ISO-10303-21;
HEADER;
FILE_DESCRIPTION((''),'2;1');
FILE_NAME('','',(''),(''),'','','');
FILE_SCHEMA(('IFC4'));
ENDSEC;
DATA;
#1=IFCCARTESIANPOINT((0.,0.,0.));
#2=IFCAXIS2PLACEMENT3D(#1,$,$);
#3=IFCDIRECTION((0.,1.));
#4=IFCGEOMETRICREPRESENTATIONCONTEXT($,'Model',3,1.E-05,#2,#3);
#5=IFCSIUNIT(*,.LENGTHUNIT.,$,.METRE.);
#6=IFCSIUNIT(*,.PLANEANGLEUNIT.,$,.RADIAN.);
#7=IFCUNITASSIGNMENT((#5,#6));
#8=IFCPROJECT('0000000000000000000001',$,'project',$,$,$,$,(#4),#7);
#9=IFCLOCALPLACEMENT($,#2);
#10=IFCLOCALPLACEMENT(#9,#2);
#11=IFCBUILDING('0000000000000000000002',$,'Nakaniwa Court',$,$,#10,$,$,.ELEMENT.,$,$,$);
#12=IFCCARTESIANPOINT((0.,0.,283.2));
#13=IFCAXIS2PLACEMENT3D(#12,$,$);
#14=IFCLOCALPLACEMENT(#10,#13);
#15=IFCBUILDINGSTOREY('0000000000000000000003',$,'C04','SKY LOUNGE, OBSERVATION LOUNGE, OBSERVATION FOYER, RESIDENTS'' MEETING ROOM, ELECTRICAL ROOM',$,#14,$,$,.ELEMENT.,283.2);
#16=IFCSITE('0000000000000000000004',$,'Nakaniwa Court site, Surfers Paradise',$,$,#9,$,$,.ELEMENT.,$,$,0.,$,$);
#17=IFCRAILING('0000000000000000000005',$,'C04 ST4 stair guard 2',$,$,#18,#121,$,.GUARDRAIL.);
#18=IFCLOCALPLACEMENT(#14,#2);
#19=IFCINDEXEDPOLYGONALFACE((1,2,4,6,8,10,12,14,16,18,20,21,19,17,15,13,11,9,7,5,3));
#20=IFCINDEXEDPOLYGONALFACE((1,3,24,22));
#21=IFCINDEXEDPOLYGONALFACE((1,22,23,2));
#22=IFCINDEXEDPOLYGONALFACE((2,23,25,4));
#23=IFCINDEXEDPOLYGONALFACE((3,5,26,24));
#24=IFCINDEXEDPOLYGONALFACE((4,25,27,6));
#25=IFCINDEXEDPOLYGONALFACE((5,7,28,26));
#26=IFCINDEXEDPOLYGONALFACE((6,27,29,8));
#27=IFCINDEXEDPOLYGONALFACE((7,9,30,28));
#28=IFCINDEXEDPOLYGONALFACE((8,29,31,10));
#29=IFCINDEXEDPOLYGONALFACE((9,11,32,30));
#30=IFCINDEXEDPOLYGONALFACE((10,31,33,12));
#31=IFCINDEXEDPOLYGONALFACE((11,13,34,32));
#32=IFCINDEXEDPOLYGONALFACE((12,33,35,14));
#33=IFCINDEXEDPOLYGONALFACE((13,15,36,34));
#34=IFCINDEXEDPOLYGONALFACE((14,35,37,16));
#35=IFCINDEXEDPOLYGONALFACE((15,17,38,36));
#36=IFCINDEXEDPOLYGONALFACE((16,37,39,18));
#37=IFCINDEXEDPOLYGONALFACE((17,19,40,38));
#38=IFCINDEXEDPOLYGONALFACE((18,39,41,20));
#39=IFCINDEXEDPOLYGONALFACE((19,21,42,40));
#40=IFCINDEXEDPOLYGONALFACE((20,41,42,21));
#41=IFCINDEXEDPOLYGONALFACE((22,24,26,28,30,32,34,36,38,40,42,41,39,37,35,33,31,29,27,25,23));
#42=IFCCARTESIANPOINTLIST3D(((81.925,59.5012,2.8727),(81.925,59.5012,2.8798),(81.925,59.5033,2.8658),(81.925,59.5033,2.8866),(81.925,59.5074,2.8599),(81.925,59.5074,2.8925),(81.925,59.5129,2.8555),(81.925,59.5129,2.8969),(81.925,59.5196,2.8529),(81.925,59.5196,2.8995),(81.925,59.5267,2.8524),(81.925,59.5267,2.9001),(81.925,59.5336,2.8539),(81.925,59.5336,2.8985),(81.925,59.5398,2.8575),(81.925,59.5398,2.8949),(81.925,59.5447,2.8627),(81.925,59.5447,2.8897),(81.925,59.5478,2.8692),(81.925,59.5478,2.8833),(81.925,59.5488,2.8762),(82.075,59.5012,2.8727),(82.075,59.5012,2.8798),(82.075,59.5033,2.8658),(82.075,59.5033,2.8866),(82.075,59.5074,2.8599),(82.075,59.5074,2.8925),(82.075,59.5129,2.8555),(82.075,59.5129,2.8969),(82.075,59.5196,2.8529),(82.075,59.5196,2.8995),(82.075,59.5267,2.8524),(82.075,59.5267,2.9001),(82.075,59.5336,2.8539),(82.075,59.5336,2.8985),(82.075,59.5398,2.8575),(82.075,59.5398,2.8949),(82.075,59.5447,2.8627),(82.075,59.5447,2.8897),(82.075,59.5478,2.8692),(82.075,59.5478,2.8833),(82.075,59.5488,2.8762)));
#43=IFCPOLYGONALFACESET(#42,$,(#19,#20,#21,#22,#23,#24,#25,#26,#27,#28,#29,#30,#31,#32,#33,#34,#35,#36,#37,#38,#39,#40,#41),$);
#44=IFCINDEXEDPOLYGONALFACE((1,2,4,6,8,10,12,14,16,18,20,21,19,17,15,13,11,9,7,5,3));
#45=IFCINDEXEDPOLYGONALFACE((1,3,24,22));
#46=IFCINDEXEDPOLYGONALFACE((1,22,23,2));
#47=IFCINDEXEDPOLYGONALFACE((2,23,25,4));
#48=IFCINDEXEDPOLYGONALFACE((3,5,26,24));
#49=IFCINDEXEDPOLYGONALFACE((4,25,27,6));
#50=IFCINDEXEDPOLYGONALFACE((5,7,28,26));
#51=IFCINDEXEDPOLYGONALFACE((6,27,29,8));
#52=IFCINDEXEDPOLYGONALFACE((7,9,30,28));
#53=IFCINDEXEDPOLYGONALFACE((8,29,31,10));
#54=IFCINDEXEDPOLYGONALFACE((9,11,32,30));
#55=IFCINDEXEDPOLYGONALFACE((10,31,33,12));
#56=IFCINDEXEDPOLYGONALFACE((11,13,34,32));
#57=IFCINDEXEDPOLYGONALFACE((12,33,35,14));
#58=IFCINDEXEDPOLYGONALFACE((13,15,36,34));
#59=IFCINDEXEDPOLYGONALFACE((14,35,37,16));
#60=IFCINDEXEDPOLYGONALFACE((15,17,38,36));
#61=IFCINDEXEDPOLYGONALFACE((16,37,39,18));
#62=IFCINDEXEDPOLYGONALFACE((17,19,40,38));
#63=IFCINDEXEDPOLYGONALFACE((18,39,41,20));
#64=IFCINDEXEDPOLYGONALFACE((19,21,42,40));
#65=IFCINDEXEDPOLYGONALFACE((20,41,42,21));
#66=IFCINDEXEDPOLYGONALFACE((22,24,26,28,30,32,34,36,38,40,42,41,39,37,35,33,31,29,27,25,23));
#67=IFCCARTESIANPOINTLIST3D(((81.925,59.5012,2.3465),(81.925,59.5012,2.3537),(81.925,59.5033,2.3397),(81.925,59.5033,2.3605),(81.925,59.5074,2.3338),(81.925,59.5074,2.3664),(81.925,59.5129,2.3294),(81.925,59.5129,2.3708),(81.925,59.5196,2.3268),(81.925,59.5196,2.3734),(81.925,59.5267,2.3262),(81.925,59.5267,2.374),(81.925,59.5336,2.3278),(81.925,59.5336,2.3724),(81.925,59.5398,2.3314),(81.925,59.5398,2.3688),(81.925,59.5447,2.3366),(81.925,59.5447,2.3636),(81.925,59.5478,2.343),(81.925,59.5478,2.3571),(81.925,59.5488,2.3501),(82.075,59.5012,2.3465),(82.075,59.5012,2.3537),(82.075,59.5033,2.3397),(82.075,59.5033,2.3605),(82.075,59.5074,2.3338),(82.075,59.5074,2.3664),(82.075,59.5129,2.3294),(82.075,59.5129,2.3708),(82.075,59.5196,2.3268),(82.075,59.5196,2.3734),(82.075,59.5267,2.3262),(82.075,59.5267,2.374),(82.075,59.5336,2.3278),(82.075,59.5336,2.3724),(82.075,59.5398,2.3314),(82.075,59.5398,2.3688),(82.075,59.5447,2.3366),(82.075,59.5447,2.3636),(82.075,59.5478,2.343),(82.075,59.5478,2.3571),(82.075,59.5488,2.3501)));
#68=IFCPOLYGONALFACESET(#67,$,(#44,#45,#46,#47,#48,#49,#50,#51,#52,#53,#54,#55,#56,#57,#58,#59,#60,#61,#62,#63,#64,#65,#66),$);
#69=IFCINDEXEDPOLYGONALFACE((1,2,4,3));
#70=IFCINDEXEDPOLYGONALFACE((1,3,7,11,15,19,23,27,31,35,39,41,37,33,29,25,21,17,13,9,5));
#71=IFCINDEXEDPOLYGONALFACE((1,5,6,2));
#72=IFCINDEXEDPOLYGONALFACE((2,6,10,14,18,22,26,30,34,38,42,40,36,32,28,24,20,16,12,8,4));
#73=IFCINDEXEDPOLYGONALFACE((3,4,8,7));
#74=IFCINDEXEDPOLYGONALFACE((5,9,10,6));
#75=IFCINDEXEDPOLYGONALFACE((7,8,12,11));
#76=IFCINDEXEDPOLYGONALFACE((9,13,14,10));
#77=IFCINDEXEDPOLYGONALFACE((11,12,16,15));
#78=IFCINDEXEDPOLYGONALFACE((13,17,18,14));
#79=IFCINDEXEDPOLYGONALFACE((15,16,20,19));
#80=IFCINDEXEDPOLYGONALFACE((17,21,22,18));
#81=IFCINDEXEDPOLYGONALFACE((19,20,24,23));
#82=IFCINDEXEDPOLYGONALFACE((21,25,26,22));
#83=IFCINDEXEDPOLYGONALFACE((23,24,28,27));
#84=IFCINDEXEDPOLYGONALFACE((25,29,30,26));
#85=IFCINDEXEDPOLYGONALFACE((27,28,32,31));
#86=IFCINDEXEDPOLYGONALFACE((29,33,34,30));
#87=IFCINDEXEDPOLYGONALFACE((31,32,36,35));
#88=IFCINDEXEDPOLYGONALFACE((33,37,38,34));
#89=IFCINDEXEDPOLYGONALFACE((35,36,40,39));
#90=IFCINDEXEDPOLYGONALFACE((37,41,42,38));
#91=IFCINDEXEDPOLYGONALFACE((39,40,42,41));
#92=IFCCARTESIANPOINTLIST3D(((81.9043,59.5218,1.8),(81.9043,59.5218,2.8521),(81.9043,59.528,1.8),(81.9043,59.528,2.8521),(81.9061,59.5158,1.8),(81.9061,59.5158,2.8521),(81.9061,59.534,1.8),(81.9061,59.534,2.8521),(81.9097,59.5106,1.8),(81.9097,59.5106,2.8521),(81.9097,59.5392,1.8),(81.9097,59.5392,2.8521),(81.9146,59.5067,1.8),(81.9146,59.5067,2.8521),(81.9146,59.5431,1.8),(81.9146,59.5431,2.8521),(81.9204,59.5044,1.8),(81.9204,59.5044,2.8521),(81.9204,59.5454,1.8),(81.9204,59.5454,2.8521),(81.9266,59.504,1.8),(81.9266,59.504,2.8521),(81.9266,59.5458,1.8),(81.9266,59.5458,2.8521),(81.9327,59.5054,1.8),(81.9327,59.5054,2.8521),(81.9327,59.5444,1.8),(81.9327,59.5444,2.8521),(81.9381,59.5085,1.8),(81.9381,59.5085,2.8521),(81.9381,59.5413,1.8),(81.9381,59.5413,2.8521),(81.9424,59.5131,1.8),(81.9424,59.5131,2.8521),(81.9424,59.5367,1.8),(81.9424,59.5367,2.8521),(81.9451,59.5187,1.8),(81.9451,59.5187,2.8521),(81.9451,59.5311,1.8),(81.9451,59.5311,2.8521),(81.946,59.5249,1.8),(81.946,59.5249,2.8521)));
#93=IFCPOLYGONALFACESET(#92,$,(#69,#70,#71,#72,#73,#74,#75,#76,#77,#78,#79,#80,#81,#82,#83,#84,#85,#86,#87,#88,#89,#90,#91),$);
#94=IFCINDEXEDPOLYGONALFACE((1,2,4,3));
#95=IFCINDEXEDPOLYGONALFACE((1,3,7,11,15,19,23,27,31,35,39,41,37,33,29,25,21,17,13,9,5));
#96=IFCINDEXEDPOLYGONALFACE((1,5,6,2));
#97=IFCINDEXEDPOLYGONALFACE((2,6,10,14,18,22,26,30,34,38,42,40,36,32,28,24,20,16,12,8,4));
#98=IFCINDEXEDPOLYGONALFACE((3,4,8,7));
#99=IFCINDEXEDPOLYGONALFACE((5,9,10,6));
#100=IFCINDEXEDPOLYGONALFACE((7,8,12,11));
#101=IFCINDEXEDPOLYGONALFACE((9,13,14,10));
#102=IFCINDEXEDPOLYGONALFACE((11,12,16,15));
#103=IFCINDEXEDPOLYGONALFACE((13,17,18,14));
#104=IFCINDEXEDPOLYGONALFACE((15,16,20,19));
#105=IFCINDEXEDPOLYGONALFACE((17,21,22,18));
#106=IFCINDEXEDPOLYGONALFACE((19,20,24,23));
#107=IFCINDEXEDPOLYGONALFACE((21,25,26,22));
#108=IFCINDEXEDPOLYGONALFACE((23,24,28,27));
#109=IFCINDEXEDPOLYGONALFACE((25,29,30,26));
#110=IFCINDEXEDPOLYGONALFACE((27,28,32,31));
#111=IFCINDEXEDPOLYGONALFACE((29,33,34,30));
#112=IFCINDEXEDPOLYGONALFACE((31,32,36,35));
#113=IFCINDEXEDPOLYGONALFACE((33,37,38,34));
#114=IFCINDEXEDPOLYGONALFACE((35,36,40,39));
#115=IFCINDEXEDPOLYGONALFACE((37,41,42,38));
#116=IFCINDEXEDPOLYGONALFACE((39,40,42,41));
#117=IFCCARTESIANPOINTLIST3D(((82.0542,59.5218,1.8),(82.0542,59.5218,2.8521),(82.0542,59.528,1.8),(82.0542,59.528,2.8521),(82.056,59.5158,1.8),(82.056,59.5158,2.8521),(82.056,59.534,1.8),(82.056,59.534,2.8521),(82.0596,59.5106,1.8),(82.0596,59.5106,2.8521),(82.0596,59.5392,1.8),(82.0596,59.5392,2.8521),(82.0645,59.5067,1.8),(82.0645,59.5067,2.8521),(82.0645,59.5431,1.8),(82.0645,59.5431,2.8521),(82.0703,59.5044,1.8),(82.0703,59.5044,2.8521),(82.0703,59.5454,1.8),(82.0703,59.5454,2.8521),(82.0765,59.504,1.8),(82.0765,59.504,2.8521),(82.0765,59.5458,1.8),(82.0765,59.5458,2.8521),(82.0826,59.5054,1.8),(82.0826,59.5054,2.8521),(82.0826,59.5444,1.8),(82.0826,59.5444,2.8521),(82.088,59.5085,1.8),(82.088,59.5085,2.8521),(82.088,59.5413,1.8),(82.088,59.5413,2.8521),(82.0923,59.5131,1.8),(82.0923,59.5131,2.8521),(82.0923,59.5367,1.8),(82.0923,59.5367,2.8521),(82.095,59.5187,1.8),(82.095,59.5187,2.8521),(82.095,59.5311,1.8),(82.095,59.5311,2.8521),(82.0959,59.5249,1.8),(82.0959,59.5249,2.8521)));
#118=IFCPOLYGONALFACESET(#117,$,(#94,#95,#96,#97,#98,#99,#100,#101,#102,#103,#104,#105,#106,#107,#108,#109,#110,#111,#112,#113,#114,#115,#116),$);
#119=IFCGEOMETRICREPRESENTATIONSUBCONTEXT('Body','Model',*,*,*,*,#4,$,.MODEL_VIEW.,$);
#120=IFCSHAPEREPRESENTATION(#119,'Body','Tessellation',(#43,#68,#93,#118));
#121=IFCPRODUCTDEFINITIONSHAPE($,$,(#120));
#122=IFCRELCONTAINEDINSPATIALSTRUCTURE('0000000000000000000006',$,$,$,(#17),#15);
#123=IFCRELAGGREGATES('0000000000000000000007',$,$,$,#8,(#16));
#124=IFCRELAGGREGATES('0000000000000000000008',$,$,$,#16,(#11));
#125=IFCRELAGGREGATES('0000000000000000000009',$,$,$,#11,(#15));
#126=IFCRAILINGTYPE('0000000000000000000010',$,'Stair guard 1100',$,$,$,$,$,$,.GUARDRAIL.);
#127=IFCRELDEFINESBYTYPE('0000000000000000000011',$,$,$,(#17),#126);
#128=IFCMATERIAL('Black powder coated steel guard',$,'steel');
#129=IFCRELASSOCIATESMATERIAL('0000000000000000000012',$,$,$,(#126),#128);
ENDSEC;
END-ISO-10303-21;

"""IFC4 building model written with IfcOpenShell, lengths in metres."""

from ifc_helpers import new_model, si_unit, direction, frame, origin, origin_2d, place, context, subcontext, project, spatial, circle, extrude, material, type_object, element, save


model = new_model("IFC4")

# Units and contexts
model_context = context("Model", 3, precision=1e-05, world=origin(), true_north=direction((0.0, 1.0)))
body_context = subcontext(model_context, "Body", "Model", "MODEL_VIEW")
ifc_project = project(units=[si_unit("LENGTHUNIT", "METRE"), si_unit("PLANEANGLEUNIT", "RADIAN")], contexts=[model_context])

# Site, building, storey
site_placement = place(None, origin())
site = spatial("IfcSite", under=ifc_project, at=site_placement, Name="Nakaniwa Court site, Surfers Paradise", CompositionType="ELEMENT", RefElevation=0.0)
building_placement = place(site_placement, origin())
building = spatial("IfcBuilding", under=site, at=building_placement, Name="Nakaniwa Court", CompositionType="ELEMENT")
storey_placement = place(building_placement, frame((0.0, 0.0, 283.2)))
storey = spatial("IfcBuildingStorey", under=building, at=storey_placement, Name="C04", Description="SKY LOUNGE, OBSERVATION LOUNGE, OBSERVATION FOYER, RESIDENTS' MEETING ROOM, ELECTRICAL ROOM", CompositionType="ELEMENT", Elevation=283.2)

# Railing
ifc_material_1 = material(Name="Black powder coated steel guard", Category="steel")
railing_type_1 = type_object("IfcRailingType", Name="Stair guard 1100", PredefinedType="GUARDRAIL", material=ifc_material_1)
railing_1_placement = place(storey_placement, frame((81.925, 59.5249, 1.8)))
element("IfcRailing", 1, at=railing_1_placement, inside=storey, type_object=railing_type_1, Name="C04 ST4 stair guard 2", PredefinedType="GUARDRAIL", context=body_context, shape_type="SweptSolid", body=[
    extrude(circle(Radius=0.0239, at=origin_2d()), frame((0.0, 0.0, 1.0762), z_axis=(1.0, 0.0, 0.0), x_axis=(0.0, 1.0, 0.0)), (0.0, 0.0, 1.0), 0.1499),
    extrude(circle(Radius=0.0239, at=origin_2d()), frame((0.0, 0.0, 0.55), z_axis=(1.0, 0.0, 0.0), x_axis=(0.0, 1.0, 0.0)), (0.0, 0.0, 1.0), 0.1499),
    extrude(circle(Radius=0.021, at=origin_2d()), origin(), (0.0, 0.0, 1.0), 1.052),
    extrude(circle(Radius=0.021, at=origin_2d()), frame((0.1499, 0.0, 0.0)), (0.0, 0.0, 1.0), 1.052),
])

save(model, "model.ifc")
